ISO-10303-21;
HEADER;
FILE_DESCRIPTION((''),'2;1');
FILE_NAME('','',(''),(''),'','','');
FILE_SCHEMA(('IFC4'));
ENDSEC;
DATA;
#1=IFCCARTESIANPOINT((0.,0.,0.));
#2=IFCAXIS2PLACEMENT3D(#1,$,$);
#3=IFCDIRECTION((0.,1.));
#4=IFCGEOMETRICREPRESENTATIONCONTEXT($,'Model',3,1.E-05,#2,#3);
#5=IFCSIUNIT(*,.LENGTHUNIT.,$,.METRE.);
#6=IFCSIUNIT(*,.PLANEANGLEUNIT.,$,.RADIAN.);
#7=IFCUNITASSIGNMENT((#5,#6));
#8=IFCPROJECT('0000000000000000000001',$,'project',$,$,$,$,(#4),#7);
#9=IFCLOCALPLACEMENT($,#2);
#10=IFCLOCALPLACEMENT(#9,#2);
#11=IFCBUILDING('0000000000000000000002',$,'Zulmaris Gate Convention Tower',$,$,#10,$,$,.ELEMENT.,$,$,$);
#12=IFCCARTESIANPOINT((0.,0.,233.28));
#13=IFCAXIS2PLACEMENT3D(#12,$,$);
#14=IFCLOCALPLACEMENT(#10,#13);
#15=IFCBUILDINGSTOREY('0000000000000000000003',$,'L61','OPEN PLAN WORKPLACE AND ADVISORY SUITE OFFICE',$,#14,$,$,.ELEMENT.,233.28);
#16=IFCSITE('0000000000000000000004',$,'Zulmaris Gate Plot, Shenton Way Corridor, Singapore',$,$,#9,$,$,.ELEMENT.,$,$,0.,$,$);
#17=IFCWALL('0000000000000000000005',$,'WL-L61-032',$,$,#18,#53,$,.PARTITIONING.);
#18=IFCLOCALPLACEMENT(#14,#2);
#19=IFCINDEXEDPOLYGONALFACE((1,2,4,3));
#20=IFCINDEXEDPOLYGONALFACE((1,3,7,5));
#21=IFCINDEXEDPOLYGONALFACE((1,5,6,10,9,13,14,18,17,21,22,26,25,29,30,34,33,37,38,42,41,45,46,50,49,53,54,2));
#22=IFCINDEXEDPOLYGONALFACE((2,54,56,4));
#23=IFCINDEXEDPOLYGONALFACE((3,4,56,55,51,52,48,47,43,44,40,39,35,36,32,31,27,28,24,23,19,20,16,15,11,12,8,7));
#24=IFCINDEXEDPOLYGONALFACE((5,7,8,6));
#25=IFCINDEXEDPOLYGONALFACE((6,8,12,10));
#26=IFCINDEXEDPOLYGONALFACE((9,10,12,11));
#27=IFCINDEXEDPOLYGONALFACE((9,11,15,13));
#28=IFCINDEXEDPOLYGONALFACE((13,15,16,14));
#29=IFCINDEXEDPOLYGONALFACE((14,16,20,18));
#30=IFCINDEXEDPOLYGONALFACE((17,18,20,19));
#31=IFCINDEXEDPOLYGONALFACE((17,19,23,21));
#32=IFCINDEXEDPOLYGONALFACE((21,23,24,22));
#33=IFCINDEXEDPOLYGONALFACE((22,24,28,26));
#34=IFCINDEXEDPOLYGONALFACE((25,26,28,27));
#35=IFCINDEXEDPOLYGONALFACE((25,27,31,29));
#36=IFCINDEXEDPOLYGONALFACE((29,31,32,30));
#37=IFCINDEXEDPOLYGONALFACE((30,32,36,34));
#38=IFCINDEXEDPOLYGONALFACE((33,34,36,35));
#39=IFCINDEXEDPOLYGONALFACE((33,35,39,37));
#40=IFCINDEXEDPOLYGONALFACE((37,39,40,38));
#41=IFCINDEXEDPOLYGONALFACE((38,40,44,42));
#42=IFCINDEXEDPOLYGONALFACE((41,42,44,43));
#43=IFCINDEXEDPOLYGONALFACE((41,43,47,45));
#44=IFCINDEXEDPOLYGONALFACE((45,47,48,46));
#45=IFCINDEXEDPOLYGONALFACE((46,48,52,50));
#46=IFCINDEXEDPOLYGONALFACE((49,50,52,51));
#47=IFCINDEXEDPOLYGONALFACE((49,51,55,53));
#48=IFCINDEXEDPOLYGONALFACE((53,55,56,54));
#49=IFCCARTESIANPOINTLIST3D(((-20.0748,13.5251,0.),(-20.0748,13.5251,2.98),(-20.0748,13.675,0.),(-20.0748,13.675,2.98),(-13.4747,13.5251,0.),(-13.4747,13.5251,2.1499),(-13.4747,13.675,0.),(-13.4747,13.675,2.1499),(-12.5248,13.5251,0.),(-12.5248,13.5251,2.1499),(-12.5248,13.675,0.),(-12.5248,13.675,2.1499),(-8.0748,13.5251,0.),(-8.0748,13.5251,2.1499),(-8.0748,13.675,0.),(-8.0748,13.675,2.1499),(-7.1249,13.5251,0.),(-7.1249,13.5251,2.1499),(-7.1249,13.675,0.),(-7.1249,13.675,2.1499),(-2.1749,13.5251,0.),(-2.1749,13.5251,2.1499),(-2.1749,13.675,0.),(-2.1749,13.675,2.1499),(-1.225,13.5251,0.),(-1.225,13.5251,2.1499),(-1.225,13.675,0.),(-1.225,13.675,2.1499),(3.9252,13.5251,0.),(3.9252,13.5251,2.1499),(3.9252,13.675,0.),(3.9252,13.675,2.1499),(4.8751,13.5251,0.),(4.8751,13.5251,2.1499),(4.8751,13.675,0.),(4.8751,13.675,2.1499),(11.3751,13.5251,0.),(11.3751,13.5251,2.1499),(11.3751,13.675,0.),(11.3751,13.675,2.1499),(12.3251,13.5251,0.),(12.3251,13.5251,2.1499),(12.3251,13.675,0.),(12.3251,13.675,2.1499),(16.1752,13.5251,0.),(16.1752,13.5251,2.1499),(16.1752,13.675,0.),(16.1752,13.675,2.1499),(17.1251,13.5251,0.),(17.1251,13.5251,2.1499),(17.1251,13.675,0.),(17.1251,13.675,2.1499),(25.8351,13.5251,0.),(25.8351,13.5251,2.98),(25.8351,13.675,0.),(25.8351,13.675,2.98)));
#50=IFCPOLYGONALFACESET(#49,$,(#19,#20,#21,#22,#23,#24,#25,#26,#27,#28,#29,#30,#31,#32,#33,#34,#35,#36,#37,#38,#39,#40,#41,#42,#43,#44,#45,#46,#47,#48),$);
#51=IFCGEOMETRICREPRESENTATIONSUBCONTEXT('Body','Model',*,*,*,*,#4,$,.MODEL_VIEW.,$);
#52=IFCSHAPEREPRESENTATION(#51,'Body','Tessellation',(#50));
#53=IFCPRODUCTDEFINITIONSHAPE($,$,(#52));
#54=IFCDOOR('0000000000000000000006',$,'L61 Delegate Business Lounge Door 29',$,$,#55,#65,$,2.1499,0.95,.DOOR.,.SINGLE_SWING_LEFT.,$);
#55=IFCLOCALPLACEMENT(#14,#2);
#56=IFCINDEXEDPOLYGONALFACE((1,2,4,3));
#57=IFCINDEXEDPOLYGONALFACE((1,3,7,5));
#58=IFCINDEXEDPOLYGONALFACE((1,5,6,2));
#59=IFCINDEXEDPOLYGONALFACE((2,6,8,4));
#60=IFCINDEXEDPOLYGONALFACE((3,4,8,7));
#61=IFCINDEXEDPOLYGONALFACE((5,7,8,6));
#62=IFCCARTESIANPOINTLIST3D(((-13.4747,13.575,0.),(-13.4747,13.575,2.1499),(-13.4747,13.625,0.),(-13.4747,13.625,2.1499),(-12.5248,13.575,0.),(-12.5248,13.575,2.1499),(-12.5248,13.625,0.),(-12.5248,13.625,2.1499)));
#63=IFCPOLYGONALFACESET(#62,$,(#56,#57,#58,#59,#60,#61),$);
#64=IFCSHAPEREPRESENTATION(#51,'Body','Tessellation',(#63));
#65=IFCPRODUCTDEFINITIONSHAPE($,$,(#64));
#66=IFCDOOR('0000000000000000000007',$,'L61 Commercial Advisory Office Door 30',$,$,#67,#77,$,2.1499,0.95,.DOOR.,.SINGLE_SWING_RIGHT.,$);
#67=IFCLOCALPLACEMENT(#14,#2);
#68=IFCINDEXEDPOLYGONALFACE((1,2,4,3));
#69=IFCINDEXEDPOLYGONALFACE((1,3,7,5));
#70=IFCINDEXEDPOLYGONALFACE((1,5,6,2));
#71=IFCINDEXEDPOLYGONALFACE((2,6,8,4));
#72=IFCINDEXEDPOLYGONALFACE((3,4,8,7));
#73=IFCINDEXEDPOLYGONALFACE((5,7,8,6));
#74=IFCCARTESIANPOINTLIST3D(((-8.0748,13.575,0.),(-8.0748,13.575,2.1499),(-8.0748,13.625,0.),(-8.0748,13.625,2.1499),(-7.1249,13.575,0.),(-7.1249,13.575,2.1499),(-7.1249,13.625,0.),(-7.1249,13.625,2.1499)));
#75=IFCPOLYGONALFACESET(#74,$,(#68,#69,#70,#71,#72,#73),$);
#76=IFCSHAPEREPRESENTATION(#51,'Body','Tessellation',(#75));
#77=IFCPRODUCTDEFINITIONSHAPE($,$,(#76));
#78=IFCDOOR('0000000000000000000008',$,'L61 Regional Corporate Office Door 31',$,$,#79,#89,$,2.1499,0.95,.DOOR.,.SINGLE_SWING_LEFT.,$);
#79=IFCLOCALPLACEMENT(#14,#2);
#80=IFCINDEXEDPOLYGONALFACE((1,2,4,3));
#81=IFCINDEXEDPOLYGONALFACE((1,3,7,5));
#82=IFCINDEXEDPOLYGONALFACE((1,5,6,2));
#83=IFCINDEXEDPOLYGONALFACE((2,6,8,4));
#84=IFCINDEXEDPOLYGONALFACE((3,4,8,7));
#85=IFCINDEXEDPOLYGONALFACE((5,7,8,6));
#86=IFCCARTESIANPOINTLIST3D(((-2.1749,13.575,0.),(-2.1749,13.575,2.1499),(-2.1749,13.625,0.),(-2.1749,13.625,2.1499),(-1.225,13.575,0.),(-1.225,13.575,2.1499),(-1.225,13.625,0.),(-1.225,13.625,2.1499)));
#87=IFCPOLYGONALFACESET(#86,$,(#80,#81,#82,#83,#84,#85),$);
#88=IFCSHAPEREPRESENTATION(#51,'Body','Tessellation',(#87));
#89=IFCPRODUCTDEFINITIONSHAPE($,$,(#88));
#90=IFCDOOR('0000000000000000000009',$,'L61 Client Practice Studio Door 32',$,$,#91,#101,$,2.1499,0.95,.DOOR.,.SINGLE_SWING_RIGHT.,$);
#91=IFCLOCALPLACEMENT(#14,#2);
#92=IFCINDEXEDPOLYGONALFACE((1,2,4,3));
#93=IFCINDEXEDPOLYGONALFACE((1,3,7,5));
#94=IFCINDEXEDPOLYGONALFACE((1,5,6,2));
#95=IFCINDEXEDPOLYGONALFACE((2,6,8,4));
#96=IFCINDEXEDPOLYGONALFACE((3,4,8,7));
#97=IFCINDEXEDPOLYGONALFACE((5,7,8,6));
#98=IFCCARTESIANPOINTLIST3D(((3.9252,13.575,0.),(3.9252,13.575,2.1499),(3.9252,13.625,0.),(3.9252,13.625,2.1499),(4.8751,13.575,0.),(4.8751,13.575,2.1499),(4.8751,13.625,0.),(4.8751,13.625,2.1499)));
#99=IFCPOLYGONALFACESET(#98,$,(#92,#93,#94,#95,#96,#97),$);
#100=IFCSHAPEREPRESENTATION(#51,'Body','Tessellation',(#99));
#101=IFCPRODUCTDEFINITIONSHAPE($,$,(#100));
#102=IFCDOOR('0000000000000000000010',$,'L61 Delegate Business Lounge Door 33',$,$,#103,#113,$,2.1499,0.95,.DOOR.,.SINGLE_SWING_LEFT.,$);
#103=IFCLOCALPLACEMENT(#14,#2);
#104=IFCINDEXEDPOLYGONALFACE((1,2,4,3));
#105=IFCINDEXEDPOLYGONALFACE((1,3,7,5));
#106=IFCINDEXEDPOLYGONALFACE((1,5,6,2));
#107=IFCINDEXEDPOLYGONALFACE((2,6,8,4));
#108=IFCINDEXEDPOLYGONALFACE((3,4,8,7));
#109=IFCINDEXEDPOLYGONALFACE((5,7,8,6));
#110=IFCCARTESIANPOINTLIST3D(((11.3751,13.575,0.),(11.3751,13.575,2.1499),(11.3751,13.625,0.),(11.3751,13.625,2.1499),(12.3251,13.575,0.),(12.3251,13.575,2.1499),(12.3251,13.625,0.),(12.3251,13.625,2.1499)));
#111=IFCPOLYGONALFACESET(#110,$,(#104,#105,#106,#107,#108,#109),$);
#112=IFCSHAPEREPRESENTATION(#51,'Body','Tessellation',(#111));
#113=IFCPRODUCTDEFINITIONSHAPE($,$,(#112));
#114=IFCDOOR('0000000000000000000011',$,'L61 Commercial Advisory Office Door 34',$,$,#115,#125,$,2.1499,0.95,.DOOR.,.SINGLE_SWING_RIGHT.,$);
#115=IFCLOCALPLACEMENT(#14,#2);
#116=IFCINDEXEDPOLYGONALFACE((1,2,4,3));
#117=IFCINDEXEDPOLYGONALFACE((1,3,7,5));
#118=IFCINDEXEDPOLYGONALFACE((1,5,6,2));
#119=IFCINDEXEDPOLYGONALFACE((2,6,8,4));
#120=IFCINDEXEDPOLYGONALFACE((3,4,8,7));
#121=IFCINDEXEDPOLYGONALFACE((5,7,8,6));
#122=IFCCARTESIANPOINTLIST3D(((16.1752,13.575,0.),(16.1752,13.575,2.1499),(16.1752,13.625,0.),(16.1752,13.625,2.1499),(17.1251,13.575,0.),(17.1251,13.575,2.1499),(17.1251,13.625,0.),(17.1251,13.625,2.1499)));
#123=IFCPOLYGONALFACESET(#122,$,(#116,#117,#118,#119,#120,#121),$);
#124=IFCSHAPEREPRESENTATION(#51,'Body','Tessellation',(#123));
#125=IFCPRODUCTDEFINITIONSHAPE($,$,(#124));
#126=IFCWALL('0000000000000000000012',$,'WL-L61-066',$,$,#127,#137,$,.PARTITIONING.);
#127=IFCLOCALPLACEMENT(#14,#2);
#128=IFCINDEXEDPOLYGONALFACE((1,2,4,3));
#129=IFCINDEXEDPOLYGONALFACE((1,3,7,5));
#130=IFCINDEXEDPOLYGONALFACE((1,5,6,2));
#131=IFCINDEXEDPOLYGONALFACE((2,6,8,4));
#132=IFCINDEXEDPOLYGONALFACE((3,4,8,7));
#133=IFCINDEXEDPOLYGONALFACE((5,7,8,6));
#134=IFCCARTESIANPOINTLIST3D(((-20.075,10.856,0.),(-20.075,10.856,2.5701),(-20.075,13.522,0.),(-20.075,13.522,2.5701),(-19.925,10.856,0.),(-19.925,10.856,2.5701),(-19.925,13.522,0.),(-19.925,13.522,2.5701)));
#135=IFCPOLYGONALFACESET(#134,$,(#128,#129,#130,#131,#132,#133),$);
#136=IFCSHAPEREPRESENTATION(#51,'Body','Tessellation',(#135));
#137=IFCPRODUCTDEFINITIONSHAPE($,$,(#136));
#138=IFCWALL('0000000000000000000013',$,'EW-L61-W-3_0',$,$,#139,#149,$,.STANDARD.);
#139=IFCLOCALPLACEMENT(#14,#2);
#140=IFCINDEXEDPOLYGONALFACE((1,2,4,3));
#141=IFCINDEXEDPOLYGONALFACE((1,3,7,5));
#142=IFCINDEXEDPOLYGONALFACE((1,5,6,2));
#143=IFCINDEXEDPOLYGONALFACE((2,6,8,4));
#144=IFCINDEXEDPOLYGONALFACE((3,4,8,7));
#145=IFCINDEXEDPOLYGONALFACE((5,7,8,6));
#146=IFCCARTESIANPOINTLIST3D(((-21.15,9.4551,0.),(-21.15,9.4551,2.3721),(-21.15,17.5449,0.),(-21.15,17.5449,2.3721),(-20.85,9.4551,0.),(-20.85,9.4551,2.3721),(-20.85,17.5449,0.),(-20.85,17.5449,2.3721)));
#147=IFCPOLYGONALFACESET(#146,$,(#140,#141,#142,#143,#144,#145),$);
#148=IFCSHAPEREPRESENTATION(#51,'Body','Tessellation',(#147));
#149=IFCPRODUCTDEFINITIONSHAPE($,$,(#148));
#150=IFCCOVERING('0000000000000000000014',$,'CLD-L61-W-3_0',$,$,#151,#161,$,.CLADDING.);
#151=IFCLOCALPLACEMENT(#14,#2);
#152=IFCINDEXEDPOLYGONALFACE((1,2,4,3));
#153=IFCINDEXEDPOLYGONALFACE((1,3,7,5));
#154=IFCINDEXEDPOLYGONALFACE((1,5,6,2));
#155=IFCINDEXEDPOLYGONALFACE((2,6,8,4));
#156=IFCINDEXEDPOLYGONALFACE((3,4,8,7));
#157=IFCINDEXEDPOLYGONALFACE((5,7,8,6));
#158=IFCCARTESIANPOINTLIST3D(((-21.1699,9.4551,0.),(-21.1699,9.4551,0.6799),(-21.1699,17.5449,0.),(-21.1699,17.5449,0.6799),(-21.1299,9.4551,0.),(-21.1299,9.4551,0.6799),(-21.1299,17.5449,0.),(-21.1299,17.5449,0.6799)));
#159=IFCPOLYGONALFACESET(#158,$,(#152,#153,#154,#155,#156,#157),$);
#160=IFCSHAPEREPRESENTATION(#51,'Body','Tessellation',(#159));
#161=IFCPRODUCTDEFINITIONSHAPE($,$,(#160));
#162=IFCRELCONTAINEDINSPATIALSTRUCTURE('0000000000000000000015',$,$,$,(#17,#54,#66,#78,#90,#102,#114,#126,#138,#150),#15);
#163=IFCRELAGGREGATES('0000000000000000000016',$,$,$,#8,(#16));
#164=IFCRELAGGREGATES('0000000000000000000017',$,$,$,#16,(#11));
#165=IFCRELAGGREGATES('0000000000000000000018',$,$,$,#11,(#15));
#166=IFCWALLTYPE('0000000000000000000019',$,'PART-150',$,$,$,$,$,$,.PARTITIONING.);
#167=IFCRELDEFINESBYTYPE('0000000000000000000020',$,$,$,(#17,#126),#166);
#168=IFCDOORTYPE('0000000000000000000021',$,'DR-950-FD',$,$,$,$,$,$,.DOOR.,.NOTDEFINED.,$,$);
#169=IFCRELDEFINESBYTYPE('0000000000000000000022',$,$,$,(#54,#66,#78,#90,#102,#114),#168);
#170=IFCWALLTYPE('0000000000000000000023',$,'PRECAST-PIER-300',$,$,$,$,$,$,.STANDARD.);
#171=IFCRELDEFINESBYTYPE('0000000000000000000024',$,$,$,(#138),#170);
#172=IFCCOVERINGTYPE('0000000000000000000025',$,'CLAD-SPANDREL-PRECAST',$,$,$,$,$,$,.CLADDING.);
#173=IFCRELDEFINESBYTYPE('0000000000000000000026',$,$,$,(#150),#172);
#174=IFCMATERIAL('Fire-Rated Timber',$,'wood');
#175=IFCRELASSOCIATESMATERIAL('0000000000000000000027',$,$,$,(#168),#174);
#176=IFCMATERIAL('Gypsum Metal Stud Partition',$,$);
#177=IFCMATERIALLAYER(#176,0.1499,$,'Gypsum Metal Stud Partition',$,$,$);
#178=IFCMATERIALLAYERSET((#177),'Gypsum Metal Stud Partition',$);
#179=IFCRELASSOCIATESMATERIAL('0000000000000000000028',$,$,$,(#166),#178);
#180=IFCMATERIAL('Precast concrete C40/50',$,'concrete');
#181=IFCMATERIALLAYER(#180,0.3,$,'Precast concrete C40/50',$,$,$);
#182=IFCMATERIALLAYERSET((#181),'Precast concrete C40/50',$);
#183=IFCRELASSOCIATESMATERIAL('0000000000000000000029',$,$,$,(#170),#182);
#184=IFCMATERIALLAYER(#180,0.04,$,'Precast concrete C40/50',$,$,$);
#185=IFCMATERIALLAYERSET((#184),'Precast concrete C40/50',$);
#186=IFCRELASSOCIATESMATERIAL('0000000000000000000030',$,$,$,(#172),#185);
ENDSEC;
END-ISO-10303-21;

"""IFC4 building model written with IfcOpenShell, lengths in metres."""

from ifc_helpers import new_model, si_unit, direction, frame, frame_2d, origin, place, context, subcontext, project, spatial, rectangle, extrude, material, layer, layer_set, type_object, element, fill, save


model = new_model("IFC4")

# Units and contexts
model_context = context("Model", 3, precision=1e-05, world=origin(), true_north=direction((0.0, 1.0)))
body_context = subcontext(model_context, "Body", "Model", "MODEL_VIEW")
ifc_project = project(units=[si_unit("LENGTHUNIT", "METRE"), si_unit("PLANEANGLEUNIT", "RADIAN")], contexts=[model_context])

# Site, building, storey
site_placement = place(None, origin())
site = spatial("IfcSite", under=ifc_project, at=site_placement, Name="Zulmaris Gate Plot, Shenton Way Corridor, Singapore", CompositionType="ELEMENT", RefElevation=0.0)
building_placement = place(site_placement, origin())
building = spatial("IfcBuilding", under=site, at=building_placement, Name="Zulmaris Gate Convention Tower", CompositionType="ELEMENT")
storey_placement = place(building_placement, frame((0.0, 0.0, 233.28)))
storey = spatial("IfcBuildingStorey", under=building, at=storey_placement, Name="L61", Description="OPEN PLAN WORKPLACE AND ADVISORY SUITE OFFICE", CompositionType="ELEMENT", Elevation=233.28)

# Wall, openings, doors
ifc_material_1 = material(Name="Fire-Rated Timber", Category="wood")
door_type_1 = type_object("IfcDoorType", Name="DR-950-FD", OperationType="NOTDEFINED", PredefinedType="DOOR", material=ifc_material_1)
ifc_material_2 = material(Name="Gypsum Metal Stud Partition")
ifc_layer_1 = layer(ifc_material_2, 0.1499, Name="Gypsum Metal Stud Partition")
ifc_layer_set_1 = layer_set([ifc_layer_1], Name="Gypsum Metal Stud Partition")
wall_type_1 = type_object("IfcWallType", Name="PART-150", PredefinedType="PARTITIONING", material=ifc_layer_set_1)
wall_1_placement = place(storey_placement, frame((-20.075, 13.6001, 0.0), z_axis=(0.0, 0.0, 1.0), x_axis=(1.0, 0.0, 0.0)))
wall_1 = element("IfcWall", 1, at=wall_1_placement, inside=storey, type_object=wall_type_1, Name="WL-L61-032", PredefinedType="PARTITIONING", context=body_context, shape_type="SweptSolid", body=[
    extrude(rectangle(XDim=45.9099, YDim=0.1499, at=frame_2d((22.9551, 0.0))), origin(), (0.0, 0.0, 1.0), 2.98),
])
opening_1_placement = place(wall_1_placement, frame((6.6001, 0.0, 0.0)))
opening_1 = element("IfcOpeningElement", 2, at=opening_1_placement, cuts=wall_1, PredefinedType="OPENING", context=body_context, shape_type="SweptSolid", body=[
    extrude(rectangle(XDim=0.95, YDim=2.1499, at=frame_2d((0.4751, 1.075))), frame((0.0, 0.085, 0.0), z_axis=(0.0, -1.0, 0.0), x_axis=(1.0, 0.0, 0.0)), (0.0, 0.0, 1.0), 0.1699),
])
opening_2_placement = place(wall_1_placement, frame((12.0, 0.0, 0.0)))
opening_2 = element("IfcOpeningElement", 3, at=opening_2_placement, cuts=wall_1, PredefinedType="OPENING", context=body_context, shape_type="SweptSolid", body=[
    extrude(rectangle(XDim=0.95, YDim=2.1499, at=frame_2d((0.4751, 1.075))), frame((0.0, 0.085, 0.0), z_axis=(0.0, -1.0, 0.0), x_axis=(1.0, 0.0, 0.0)), (0.0, 0.0, 1.0), 0.1699),
])
opening_3_placement = place(wall_1_placement, frame((17.8999, 0.0, 0.0)))
opening_3 = element("IfcOpeningElement", 4, at=opening_3_placement, cuts=wall_1, PredefinedType="OPENING", context=body_context, shape_type="SweptSolid", body=[
    extrude(rectangle(XDim=0.95, YDim=2.1499, at=frame_2d((0.4751, 1.075))), frame((0.0, 0.085, 0.0), z_axis=(0.0, -1.0, 0.0), x_axis=(1.0, 0.0, 0.0)), (0.0, 0.0, 1.0), 0.1699),
])
opening_4_placement = place(wall_1_placement, frame((24.0, 0.0, 0.0)))
opening_4 = element("IfcOpeningElement", 5, at=opening_4_placement, cuts=wall_1, PredefinedType="OPENING", context=body_context, shape_type="SweptSolid", body=[
    extrude(rectangle(XDim=0.95, YDim=2.1499, at=frame_2d((0.4751, 1.075))), frame((0.0, 0.085, 0.0), z_axis=(0.0, -1.0, 0.0), x_axis=(1.0, 0.0, 0.0)), (0.0, 0.0, 1.0), 0.1699),
])
opening_5_placement = place(wall_1_placement, frame((31.45, 0.0, 0.0)))
opening_5 = element("IfcOpeningElement", 6, at=opening_5_placement, cuts=wall_1, PredefinedType="OPENING", context=body_context, shape_type="SweptSolid", body=[
    extrude(rectangle(XDim=0.95, YDim=2.1499, at=frame_2d((0.4751, 1.075))), frame((0.0, 0.085, 0.0), z_axis=(0.0, -1.0, 0.0), x_axis=(1.0, 0.0, 0.0)), (0.0, 0.0, 1.0), 0.1699),
])
opening_6_placement = place(wall_1_placement, frame((36.25, 0.0, 0.0)))
opening_6 = element("IfcOpeningElement", 7, at=opening_6_placement, cuts=wall_1, PredefinedType="OPENING", context=body_context, shape_type="SweptSolid", body=[
    extrude(rectangle(XDim=0.95, YDim=2.1499, at=frame_2d((0.4751, 1.075))), frame((0.0, 0.085, 0.0), z_axis=(0.0, -1.0, 0.0), x_axis=(1.0, 0.0, 0.0)), (0.0, 0.0, 1.0), 0.1699),
])
door_1_placement = place(opening_1_placement, origin())
door_1 = element("IfcDoor", 8, at=door_1_placement, inside=storey, type_object=door_type_1, Name="L61 Delegate Business Lounge Door 29", OperationType="SINGLE_SWING_LEFT", OverallHeight=2.1499, OverallWidth=0.95, PredefinedType="DOOR", context=body_context, shape_type="SweptSolid", body=[
    extrude(rectangle(XDim=0.95, YDim=2.1499, at=frame_2d((0.4751, 1.075))), frame((0.0, 0.0249, 0.0), z_axis=(0.0, -1.0, 0.0), x_axis=(1.0, 0.0, 0.0)), (0.0, 0.0, 1.0), 0.05),
])
fill(opening_1, door_1)
door_2_placement = place(opening_2_placement, origin())
door_2 = element("IfcDoor", 9, at=door_2_placement, inside=storey, type_object=door_type_1, Name="L61 Commercial Advisory Office Door 30", OperationType="SINGLE_SWING_RIGHT", OverallHeight=2.1499, OverallWidth=0.95, PredefinedType="DOOR", context=body_context, shape_type="SweptSolid", body=[
    extrude(rectangle(XDim=0.95, YDim=2.1499, at=frame_2d((0.4751, 1.075))), frame((0.0, 0.0249, 0.0), z_axis=(0.0, -1.0, 0.0), x_axis=(1.0, 0.0, 0.0)), (0.0, 0.0, 1.0), 0.05),
])
fill(opening_2, door_2)
door_3_placement = place(opening_3_placement, origin())
door_3 = element("IfcDoor", 10, at=door_3_placement, inside=storey, type_object=door_type_1, Name="L61 Regional Corporate Office Door 31", OperationType="SINGLE_SWING_LEFT", OverallHeight=2.1499, OverallWidth=0.95, PredefinedType="DOOR", context=body_context, shape_type="SweptSolid", body=[
    extrude(rectangle(XDim=0.95, YDim=2.1499, at=frame_2d((0.4751, 1.075))), frame((0.0, 0.0249, 0.0), z_axis=(0.0, -1.0, 0.0), x_axis=(1.0, 0.0, 0.0)), (0.0, 0.0, 1.0), 0.05),
])
fill(opening_3, door_3)
door_4_placement = place(opening_4_placement, origin())
door_4 = element("IfcDoor", 11, at=door_4_placement, inside=storey, type_object=door_type_1, Name="L61 Client Practice Studio Door 32", OperationType="SINGLE_SWING_RIGHT", OverallHeight=2.1499, OverallWidth=0.95, PredefinedType="DOOR", context=body_context, shape_type="SweptSolid", body=[
    extrude(rectangle(XDim=0.95, YDim=2.1499, at=frame_2d((0.4751, 1.075))), frame((0.0, 0.0249, 0.0), z_axis=(0.0, -1.0, 0.0), x_axis=(1.0, 0.0, 0.0)), (0.0, 0.0, 1.0), 0.05),
])
fill(opening_4, door_4)
door_5_placement = place(opening_5_placement, origin())
door_5 = element("IfcDoor", 12, at=door_5_placement, inside=storey, type_object=door_type_1, Name="L61 Delegate Business Lounge Door 33", OperationType="SINGLE_SWING_LEFT", OverallHeight=2.1499, OverallWidth=0.95, PredefinedType="DOOR", context=body_context, shape_type="SweptSolid", body=[
    extrude(rectangle(XDim=0.95, YDim=2.1499, at=frame_2d((0.4751, 1.075))), frame((0.0, 0.0249, 0.0), z_axis=(0.0, -1.0, 0.0), x_axis=(1.0, 0.0, 0.0)), (0.0, 0.0, 1.0), 0.05),
])
fill(opening_5, door_5)
door_6_placement = place(opening_6_placement, origin())
door_6 = element("IfcDoor", 13, at=door_6_placement, inside=storey, type_object=door_type_1, Name="L61 Commercial Advisory Office Door 34", OperationType="SINGLE_SWING_RIGHT", OverallHeight=2.1499, OverallWidth=0.95, PredefinedType="DOOR", context=body_context, shape_type="SweptSolid", body=[
    extrude(rectangle(XDim=0.95, YDim=2.1499, at=frame_2d((0.4751, 1.075))), frame((0.0, 0.0249, 0.0), z_axis=(0.0, -1.0, 0.0), x_axis=(1.0, 0.0, 0.0)), (0.0, 0.0, 1.0), 0.05),
])
fill(opening_6, door_6)

# Walls
wall_2_placement = place(storey_placement, frame((-20.0, 10.856, 0.0), z_axis=(0.0, 0.0, 1.0), x_axis=(0.0, 1.0, 0.0)))
element("IfcWall", 14, at=wall_2_placement, inside=storey, type_object=wall_type_1, Name="WL-L61-066", PredefinedType="PARTITIONING", context=body_context, shape_type="SweptSolid", body=[
    extrude(rectangle(XDim=2.666, YDim=0.1499, at=frame_2d((1.333, 0.0))), origin(), (0.0, 0.0, 1.0), 2.5701),
])
ifc_material_3 = material(Name="Precast concrete C40/50", Category="concrete")
ifc_layer_2 = layer(ifc_material_3, 0.3, Name="Precast concrete C40/50")
ifc_layer_set_2 = layer_set([ifc_layer_2], Name="Precast concrete C40/50")
wall_type_2 = type_object("IfcWallType", Name="PRECAST-PIER-300", PredefinedType="STANDARD", material=ifc_layer_set_2)
wall_3_placement = place(storey_placement, frame((-21.0, 17.5449, 0.0), z_axis=(0.0, 0.0, 1.0), x_axis=(0.0, -1.0, 0.0)))
element("IfcWall", 15, at=wall_3_placement, inside=storey, type_object=wall_type_2, Name="EW-L61-W-3_0", PredefinedType="STANDARD", context=body_context, shape_type="SweptSolid", body=[
    extrude(rectangle(XDim=8.0898, YDim=0.3, at=frame_2d((4.0449, 0.0))), origin(), (0.0, 0.0, 1.0), 2.3721),
])

# Covering
ifc_layer_3 = layer(ifc_material_3, 0.04, Name="Precast concrete C40/50")
ifc_layer_set_3 = layer_set([ifc_layer_3], Name="Precast concrete C40/50")
covering_type = type_object("IfcCoveringType", Name="CLAD-SPANDREL-PRECAST", PredefinedType="CLADDING", material=ifc_layer_set_3)
covering_placement = place(storey_placement, frame((-21.1499, 17.5449, 0.0), z_axis=(0.0, 0.0, 1.0), x_axis=(0.0, -1.0, 0.0)))
element("IfcCovering", 16, at=covering_placement, inside=storey, type_object=covering_type, Name="CLD-L61-W-3_0", PredefinedType="CLADDING", context=body_context, shape_type="SweptSolid", body=[
    extrude(rectangle(XDim=8.0898, YDim=0.04, at=frame_2d((4.0449, 0.0))), origin(), (0.0, 0.0, 1.0), 0.6799),
])

save(model, "model.ifc")
